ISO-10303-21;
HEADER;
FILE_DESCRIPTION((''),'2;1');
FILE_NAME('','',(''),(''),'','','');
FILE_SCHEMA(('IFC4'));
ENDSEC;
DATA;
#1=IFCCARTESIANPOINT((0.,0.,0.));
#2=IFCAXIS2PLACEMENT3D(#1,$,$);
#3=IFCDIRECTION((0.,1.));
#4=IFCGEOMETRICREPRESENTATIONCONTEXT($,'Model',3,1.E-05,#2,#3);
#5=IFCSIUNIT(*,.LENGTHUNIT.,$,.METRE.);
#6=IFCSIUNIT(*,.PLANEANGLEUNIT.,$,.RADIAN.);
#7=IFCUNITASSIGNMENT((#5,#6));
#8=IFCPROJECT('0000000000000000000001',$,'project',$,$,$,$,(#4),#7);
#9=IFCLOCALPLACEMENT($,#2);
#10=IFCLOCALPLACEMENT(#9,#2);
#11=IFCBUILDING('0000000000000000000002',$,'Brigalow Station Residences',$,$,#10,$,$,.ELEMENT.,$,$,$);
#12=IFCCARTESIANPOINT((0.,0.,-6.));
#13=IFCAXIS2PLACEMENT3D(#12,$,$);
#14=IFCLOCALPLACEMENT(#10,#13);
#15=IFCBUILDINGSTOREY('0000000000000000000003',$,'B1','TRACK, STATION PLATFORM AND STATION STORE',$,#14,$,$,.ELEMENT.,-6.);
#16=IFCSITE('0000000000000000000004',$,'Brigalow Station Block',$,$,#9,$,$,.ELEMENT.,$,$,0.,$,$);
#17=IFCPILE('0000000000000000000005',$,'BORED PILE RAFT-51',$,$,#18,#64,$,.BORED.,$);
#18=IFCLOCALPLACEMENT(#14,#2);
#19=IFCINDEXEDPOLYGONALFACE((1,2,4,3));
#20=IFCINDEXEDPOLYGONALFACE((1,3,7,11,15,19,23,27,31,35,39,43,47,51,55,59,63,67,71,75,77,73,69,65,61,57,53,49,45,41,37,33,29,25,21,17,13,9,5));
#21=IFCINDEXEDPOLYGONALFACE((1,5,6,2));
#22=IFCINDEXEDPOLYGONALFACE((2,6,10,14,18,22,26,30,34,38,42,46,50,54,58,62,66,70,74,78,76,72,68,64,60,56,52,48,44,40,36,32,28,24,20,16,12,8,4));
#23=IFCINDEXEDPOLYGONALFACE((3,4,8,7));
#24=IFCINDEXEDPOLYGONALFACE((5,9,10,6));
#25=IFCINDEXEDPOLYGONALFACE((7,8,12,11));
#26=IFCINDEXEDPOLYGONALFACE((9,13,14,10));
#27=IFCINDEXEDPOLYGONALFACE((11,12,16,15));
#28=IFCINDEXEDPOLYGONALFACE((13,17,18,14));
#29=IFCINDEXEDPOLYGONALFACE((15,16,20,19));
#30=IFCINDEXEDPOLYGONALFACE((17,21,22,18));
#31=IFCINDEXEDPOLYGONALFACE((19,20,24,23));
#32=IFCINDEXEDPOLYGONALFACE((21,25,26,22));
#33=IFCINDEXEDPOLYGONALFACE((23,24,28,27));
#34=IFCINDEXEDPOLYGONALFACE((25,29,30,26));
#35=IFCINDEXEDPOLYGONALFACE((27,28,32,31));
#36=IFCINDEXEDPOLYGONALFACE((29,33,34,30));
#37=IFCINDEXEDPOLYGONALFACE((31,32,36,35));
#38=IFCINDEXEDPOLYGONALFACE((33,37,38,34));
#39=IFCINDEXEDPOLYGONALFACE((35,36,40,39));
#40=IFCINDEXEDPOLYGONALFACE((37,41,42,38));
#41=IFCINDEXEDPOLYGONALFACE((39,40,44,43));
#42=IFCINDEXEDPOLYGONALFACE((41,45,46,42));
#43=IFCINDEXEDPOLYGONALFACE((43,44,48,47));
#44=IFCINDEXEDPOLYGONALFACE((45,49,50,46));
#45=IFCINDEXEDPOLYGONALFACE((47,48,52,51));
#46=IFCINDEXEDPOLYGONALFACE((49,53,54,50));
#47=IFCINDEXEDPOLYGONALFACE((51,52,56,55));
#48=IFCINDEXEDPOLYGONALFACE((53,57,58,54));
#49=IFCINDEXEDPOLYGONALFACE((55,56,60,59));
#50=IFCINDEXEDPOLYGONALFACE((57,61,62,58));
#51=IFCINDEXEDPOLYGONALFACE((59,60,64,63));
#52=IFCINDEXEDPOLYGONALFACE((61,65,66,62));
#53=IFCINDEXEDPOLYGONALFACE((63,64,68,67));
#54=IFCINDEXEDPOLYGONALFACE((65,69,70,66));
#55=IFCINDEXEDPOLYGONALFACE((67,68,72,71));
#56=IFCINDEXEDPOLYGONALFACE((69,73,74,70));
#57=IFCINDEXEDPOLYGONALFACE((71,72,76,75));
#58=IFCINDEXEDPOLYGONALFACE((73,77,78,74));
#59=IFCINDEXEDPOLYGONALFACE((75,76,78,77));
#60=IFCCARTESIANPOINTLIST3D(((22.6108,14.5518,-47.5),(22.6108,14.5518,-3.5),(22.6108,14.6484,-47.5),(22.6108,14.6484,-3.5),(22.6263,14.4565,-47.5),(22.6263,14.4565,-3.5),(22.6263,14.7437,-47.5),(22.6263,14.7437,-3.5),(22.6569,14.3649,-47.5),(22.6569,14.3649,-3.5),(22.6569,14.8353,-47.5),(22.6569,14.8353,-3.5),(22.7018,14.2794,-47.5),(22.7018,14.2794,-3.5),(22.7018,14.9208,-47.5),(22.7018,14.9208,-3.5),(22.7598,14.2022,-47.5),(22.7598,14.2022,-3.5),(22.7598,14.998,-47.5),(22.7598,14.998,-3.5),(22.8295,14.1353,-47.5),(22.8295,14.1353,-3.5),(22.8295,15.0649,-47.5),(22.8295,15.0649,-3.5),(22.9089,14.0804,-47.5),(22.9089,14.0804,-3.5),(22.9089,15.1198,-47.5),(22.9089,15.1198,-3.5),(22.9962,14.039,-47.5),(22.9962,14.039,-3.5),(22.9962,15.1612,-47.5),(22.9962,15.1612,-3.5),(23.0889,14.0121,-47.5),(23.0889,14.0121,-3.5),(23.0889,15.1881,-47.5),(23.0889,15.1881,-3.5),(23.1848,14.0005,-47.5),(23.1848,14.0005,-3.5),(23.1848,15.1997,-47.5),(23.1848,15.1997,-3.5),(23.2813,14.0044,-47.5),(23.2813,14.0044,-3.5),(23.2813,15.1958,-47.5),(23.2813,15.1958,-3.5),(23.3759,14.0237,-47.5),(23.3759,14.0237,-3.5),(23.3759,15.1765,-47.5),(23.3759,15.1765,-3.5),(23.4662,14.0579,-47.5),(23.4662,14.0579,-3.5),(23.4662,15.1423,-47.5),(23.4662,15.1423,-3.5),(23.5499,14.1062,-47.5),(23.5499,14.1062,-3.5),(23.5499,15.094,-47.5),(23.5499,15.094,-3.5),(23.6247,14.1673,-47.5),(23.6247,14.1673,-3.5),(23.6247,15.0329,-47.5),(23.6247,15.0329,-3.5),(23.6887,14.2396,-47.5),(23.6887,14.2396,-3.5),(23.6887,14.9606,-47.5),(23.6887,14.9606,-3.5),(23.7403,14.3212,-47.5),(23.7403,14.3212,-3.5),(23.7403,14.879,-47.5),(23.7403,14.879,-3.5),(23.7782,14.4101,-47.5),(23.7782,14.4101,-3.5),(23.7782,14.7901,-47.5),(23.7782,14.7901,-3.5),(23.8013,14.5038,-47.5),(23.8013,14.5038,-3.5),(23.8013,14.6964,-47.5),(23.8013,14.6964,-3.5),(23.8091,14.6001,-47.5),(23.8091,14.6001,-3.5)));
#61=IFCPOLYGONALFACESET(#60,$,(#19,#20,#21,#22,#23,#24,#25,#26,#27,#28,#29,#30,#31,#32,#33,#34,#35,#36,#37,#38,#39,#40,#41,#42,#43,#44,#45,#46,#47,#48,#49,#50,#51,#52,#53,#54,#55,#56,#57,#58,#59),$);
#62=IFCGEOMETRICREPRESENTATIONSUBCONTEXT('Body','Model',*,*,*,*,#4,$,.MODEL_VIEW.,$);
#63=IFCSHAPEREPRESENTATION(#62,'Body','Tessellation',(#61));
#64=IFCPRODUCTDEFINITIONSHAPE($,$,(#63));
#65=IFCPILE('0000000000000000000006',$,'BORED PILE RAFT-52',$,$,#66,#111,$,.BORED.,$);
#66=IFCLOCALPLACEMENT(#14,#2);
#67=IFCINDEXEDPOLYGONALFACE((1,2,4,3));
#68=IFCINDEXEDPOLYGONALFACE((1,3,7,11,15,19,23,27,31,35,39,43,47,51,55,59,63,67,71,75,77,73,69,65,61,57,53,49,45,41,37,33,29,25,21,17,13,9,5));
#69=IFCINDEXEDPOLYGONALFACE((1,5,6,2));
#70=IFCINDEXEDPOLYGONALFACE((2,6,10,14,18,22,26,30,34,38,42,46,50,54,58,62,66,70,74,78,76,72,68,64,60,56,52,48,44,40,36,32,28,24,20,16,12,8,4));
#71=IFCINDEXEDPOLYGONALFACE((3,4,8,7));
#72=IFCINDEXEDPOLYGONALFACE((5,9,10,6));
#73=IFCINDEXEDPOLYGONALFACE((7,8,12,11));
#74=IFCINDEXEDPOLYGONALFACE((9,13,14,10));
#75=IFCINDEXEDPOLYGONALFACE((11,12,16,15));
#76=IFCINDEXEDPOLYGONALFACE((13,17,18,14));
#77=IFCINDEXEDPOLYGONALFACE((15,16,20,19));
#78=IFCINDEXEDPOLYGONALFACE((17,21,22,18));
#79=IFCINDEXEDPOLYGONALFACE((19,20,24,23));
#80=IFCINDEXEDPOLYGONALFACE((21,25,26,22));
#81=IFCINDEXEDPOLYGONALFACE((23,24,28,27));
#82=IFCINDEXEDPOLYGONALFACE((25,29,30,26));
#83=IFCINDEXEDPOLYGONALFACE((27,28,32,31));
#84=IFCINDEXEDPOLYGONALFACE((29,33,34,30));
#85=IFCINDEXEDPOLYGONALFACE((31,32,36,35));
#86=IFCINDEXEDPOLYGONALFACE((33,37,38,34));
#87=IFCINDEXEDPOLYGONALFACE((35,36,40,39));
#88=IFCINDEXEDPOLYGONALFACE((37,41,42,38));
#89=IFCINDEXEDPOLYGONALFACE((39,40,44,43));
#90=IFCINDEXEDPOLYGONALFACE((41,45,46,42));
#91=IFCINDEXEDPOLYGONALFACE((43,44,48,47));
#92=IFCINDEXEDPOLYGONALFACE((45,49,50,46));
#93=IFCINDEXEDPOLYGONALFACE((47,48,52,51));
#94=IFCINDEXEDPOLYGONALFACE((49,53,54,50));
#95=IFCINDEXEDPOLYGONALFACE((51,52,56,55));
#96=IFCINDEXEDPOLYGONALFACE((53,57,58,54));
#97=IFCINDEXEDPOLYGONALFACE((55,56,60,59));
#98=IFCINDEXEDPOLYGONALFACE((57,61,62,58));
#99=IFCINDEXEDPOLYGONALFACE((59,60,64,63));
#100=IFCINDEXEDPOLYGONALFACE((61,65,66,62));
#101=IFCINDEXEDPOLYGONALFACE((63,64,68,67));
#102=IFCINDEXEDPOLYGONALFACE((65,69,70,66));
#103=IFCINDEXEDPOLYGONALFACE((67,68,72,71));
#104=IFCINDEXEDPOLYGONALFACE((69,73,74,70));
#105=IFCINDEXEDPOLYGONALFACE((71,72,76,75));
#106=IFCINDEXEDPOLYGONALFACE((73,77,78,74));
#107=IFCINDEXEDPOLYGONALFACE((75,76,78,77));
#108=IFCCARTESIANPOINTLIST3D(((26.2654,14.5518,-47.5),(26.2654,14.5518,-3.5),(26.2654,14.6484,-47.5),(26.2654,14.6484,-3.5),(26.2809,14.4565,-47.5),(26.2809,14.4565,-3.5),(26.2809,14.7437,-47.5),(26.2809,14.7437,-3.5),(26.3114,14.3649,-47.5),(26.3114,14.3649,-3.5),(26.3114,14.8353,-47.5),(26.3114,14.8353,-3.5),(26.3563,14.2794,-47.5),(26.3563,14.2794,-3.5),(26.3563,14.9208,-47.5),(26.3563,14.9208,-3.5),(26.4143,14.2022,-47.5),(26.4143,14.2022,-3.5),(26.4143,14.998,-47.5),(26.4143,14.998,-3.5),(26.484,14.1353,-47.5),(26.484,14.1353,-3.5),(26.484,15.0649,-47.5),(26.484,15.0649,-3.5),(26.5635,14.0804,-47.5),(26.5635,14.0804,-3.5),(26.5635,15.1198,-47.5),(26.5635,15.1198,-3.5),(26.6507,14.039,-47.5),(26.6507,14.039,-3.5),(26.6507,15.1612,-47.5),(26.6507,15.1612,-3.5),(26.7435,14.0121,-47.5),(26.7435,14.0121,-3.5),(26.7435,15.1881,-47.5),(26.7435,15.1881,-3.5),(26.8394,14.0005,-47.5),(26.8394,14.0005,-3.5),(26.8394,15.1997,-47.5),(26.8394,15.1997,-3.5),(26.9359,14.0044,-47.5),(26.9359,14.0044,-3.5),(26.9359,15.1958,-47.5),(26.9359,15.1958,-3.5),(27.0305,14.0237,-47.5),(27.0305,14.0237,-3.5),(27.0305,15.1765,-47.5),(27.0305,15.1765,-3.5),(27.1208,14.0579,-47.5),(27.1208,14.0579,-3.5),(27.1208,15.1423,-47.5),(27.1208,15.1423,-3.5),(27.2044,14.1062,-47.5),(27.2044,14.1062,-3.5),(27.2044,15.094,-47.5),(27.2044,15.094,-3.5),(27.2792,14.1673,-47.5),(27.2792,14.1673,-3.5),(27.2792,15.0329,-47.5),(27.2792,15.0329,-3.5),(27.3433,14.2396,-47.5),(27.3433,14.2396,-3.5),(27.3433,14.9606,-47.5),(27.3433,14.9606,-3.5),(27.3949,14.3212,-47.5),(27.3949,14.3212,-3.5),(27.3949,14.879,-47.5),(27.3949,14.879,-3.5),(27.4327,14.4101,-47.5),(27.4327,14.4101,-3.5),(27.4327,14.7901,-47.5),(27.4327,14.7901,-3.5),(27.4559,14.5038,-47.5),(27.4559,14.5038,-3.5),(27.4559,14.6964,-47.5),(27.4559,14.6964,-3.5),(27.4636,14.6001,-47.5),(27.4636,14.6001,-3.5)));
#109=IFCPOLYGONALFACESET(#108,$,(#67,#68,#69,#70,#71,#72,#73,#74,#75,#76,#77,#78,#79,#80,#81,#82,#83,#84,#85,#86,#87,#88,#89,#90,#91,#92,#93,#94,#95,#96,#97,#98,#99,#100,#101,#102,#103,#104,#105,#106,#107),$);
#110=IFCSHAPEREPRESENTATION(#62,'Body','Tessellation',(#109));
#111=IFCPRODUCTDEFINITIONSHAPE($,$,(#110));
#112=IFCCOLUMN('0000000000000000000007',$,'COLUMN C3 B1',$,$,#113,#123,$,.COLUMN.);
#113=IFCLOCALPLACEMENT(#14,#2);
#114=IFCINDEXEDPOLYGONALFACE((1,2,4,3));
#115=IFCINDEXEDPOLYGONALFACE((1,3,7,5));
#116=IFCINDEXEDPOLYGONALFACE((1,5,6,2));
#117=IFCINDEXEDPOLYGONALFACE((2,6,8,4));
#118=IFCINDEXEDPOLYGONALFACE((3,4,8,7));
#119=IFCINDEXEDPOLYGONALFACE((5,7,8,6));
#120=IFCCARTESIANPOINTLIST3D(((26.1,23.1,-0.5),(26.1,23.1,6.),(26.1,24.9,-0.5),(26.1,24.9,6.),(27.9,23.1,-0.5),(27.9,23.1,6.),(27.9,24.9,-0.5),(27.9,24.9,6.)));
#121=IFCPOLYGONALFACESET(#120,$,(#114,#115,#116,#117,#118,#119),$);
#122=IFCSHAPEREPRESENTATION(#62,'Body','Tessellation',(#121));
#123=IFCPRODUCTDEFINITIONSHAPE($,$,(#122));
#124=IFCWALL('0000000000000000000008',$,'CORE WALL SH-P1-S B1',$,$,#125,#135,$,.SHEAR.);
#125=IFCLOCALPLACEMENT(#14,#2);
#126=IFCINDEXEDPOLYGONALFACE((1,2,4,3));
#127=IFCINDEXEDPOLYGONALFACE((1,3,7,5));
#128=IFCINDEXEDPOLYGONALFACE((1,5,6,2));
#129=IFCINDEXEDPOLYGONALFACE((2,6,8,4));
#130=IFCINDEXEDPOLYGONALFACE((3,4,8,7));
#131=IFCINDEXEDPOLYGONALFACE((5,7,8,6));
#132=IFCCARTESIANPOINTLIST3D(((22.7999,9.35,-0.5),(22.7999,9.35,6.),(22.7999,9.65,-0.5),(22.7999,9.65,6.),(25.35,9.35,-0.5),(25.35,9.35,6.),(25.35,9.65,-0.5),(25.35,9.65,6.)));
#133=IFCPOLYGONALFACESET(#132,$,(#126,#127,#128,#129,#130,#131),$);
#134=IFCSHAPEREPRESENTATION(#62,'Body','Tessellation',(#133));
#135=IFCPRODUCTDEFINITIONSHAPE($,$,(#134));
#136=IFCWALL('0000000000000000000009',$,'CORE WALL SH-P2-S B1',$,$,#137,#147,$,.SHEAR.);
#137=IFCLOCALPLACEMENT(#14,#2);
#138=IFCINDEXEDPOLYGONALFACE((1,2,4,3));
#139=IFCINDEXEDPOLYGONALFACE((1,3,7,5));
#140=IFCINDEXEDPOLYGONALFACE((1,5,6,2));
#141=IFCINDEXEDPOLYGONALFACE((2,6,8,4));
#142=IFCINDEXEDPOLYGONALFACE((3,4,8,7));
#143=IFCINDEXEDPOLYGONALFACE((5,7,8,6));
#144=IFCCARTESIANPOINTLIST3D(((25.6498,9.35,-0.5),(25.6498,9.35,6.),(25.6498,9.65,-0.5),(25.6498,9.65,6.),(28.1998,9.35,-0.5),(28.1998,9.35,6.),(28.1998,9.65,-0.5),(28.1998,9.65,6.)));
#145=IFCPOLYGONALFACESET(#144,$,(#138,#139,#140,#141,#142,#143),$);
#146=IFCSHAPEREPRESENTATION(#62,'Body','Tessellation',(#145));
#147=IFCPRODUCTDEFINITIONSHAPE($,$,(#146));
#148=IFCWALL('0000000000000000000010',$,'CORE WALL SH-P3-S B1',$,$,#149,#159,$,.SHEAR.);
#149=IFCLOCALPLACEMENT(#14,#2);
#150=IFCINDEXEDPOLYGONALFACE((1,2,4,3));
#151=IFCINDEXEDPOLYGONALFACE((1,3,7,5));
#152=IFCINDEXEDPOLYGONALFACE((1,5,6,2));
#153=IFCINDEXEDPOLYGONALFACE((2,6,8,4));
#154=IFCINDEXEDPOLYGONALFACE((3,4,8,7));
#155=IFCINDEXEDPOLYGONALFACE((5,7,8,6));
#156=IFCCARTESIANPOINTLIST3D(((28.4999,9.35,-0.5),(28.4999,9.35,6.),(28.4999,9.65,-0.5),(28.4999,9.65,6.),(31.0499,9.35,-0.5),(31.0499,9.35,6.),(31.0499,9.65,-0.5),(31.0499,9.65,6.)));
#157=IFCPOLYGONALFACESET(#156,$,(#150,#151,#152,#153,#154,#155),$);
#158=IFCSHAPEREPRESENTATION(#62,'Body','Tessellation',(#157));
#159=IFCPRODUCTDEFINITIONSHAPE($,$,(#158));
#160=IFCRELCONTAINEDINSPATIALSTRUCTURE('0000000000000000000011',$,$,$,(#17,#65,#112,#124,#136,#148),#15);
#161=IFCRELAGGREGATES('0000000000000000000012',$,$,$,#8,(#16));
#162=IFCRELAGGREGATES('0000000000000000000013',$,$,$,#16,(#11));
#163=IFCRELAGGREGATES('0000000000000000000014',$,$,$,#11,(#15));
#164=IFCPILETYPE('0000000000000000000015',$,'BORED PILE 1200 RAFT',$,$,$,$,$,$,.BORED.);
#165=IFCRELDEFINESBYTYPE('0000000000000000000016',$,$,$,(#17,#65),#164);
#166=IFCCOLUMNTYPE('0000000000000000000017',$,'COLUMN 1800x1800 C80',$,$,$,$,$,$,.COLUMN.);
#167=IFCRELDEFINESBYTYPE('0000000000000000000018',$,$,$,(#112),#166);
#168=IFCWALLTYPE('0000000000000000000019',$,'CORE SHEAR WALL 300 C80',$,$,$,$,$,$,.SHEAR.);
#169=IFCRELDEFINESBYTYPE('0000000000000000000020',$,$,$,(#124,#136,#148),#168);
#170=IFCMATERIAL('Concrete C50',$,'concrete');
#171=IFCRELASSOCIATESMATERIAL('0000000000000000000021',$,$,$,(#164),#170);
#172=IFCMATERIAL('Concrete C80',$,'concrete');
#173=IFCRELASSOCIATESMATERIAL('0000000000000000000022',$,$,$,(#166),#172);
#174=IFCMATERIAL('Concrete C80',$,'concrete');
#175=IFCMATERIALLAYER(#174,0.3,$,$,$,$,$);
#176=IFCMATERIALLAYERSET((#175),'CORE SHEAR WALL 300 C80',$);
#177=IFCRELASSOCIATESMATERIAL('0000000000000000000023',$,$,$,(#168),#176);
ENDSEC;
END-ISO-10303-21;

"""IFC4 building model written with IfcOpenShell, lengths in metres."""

from ifc_helpers import new_model, si_unit, direction, frame, frame_2d, origin, origin_2d, place, context, subcontext, project, spatial, rectangle, circle, extrude, material, layer, layer_set, material_profile, profile_set, type_object, element, save


model = new_model("IFC4")

# Units and contexts
model_context = context("Model", 3, precision=1e-05, world=origin(), true_north=direction((0.0, 1.0)))
body_context = subcontext(model_context, "Body", "Model", "MODEL_VIEW")
ifc_project = project(units=[si_unit("LENGTHUNIT", "METRE"), si_unit("PLANEANGLEUNIT", "RADIAN")], contexts=[model_context])

# Site, building, storey
site_placement = place(None, origin())
site = spatial("IfcSite", under=ifc_project, at=site_placement, Name="Brigalow Station Block", CompositionType="ELEMENT", RefElevation=0.0)
building_placement = place(site_placement, origin())
building = spatial("IfcBuilding", under=site, at=building_placement, Name="Brigalow Station Residences", CompositionType="ELEMENT")
storey_placement = place(building_placement, frame((0.0, 0.0, -6.0)))
storey = spatial("IfcBuildingStorey", under=building, at=storey_placement, Name="B1", Description="TRACK, STATION PLATFORM AND STATION STORE", CompositionType="ELEMENT", Elevation=-6.0)

# Piles
ifc_material_1 = material(Name="Concrete C50", Category="concrete")
ifc_material_profile_1 = material_profile(ifc_material_1, circle(Radius=0.6001, at=origin_2d()), Name="BP1200")
ifc_profile_set_1 = profile_set([ifc_material_profile_1], Name="Concrete C50")
pile_type_1 = type_object("IfcPileType", Name="BORED PILE 1200 RAFT", PredefinedType="BORED", material=ifc_profile_set_1)
for number, where, z_axis, x_axis, name in (
    (1, (23.209, 14.6001, -3.5), (0.0, 0.0, -1.0), (1.0, 0.0, 0.0), "BORED PILE RAFT-51"),
    (2, (26.8635, 14.6001, -3.5), (0.0, 0.0, -1.0), (1.0, 0.0, 0.0), "BORED PILE RAFT-52"),
):
    element("IfcPile", number, at=place(storey_placement, frame(where, z_axis=z_axis, x_axis=x_axis)), inside=storey, type_object=pile_type_1, Name=name, PredefinedType="BORED", context=body_context, shape_type="SweptSolid", body=[
        extrude(circle(Radius=0.6001, at=origin_2d()), origin(), (0.0, 0.0, 1.0), 44.0),
    ])

# Column
ifc_material_2 = material(Name="Concrete C80", Category="concrete")
ifc_material_profile_2 = material_profile(ifc_material_2, rectangle(XDim=1.8, YDim=1.8, at=origin_2d()), Name="RC1800x1800")
ifc_profile_set_2 = profile_set([ifc_material_profile_2], Name="Concrete C80")
column_type = type_object("IfcColumnType", Name="COLUMN 1800x1800 C80", PredefinedType="COLUMN", material=ifc_profile_set_2)
column_placement = place(storey_placement, frame((27.0, 24.0, -0.5), z_axis=(0.0, 0.0, 1.0), x_axis=(1.0, 0.0, 0.0)))
element("IfcColumn", 3, at=column_placement, inside=storey, type_object=column_type, Name="COLUMN C3 B1", PredefinedType="COLUMN", context=body_context, shape_type="SweptSolid", body=[
    extrude(rectangle(XDim=1.8, YDim=1.8, at=origin_2d()), origin(), (0.0, 0.0, 1.0), 6.5),
])

# Walls
ifc_material_3 = material(Name="Concrete C80", Category="concrete")
ifc_layer_1 = layer(ifc_material_3, 0.3)
ifc_layer_set_1 = layer_set([ifc_layer_1], Name="CORE SHEAR WALL 300 C80")
wall_type_1 = type_object("IfcWallType", Name="CORE SHEAR WALL 300 C80", PredefinedType="SHEAR", material=ifc_layer_set_1)
for number, where, z_axis, x_axis, name in (
    (4, (22.8, 9.5, -0.5), (0.0, 0.0, 1.0), (1.0, 0.0, 0.0), "CORE WALL SH-P1-S B1"),
    (5, (25.6499, 9.5, -0.5), (0.0, 0.0, 1.0), (1.0, 0.0, 0.0), "CORE WALL SH-P2-S B1"),
    (6, (28.5, 9.5, -0.5), (0.0, 0.0, 1.0), (1.0, 0.0, 0.0), "CORE WALL SH-P3-S B1"),
):
    element("IfcWall", number, at=place(storey_placement, frame(where, z_axis=z_axis, x_axis=x_axis)), inside=storey, type_object=wall_type_1, Name=name, PredefinedType="SHEAR", context=body_context, shape_type="SweptSolid", body=[
        extrude(rectangle(XDim=2.55, YDim=0.3, at=frame_2d((1.2749, 0.0))), origin(), (0.0, 0.0, 1.0), 6.5),
    ])

save(model, "model.ifc")
